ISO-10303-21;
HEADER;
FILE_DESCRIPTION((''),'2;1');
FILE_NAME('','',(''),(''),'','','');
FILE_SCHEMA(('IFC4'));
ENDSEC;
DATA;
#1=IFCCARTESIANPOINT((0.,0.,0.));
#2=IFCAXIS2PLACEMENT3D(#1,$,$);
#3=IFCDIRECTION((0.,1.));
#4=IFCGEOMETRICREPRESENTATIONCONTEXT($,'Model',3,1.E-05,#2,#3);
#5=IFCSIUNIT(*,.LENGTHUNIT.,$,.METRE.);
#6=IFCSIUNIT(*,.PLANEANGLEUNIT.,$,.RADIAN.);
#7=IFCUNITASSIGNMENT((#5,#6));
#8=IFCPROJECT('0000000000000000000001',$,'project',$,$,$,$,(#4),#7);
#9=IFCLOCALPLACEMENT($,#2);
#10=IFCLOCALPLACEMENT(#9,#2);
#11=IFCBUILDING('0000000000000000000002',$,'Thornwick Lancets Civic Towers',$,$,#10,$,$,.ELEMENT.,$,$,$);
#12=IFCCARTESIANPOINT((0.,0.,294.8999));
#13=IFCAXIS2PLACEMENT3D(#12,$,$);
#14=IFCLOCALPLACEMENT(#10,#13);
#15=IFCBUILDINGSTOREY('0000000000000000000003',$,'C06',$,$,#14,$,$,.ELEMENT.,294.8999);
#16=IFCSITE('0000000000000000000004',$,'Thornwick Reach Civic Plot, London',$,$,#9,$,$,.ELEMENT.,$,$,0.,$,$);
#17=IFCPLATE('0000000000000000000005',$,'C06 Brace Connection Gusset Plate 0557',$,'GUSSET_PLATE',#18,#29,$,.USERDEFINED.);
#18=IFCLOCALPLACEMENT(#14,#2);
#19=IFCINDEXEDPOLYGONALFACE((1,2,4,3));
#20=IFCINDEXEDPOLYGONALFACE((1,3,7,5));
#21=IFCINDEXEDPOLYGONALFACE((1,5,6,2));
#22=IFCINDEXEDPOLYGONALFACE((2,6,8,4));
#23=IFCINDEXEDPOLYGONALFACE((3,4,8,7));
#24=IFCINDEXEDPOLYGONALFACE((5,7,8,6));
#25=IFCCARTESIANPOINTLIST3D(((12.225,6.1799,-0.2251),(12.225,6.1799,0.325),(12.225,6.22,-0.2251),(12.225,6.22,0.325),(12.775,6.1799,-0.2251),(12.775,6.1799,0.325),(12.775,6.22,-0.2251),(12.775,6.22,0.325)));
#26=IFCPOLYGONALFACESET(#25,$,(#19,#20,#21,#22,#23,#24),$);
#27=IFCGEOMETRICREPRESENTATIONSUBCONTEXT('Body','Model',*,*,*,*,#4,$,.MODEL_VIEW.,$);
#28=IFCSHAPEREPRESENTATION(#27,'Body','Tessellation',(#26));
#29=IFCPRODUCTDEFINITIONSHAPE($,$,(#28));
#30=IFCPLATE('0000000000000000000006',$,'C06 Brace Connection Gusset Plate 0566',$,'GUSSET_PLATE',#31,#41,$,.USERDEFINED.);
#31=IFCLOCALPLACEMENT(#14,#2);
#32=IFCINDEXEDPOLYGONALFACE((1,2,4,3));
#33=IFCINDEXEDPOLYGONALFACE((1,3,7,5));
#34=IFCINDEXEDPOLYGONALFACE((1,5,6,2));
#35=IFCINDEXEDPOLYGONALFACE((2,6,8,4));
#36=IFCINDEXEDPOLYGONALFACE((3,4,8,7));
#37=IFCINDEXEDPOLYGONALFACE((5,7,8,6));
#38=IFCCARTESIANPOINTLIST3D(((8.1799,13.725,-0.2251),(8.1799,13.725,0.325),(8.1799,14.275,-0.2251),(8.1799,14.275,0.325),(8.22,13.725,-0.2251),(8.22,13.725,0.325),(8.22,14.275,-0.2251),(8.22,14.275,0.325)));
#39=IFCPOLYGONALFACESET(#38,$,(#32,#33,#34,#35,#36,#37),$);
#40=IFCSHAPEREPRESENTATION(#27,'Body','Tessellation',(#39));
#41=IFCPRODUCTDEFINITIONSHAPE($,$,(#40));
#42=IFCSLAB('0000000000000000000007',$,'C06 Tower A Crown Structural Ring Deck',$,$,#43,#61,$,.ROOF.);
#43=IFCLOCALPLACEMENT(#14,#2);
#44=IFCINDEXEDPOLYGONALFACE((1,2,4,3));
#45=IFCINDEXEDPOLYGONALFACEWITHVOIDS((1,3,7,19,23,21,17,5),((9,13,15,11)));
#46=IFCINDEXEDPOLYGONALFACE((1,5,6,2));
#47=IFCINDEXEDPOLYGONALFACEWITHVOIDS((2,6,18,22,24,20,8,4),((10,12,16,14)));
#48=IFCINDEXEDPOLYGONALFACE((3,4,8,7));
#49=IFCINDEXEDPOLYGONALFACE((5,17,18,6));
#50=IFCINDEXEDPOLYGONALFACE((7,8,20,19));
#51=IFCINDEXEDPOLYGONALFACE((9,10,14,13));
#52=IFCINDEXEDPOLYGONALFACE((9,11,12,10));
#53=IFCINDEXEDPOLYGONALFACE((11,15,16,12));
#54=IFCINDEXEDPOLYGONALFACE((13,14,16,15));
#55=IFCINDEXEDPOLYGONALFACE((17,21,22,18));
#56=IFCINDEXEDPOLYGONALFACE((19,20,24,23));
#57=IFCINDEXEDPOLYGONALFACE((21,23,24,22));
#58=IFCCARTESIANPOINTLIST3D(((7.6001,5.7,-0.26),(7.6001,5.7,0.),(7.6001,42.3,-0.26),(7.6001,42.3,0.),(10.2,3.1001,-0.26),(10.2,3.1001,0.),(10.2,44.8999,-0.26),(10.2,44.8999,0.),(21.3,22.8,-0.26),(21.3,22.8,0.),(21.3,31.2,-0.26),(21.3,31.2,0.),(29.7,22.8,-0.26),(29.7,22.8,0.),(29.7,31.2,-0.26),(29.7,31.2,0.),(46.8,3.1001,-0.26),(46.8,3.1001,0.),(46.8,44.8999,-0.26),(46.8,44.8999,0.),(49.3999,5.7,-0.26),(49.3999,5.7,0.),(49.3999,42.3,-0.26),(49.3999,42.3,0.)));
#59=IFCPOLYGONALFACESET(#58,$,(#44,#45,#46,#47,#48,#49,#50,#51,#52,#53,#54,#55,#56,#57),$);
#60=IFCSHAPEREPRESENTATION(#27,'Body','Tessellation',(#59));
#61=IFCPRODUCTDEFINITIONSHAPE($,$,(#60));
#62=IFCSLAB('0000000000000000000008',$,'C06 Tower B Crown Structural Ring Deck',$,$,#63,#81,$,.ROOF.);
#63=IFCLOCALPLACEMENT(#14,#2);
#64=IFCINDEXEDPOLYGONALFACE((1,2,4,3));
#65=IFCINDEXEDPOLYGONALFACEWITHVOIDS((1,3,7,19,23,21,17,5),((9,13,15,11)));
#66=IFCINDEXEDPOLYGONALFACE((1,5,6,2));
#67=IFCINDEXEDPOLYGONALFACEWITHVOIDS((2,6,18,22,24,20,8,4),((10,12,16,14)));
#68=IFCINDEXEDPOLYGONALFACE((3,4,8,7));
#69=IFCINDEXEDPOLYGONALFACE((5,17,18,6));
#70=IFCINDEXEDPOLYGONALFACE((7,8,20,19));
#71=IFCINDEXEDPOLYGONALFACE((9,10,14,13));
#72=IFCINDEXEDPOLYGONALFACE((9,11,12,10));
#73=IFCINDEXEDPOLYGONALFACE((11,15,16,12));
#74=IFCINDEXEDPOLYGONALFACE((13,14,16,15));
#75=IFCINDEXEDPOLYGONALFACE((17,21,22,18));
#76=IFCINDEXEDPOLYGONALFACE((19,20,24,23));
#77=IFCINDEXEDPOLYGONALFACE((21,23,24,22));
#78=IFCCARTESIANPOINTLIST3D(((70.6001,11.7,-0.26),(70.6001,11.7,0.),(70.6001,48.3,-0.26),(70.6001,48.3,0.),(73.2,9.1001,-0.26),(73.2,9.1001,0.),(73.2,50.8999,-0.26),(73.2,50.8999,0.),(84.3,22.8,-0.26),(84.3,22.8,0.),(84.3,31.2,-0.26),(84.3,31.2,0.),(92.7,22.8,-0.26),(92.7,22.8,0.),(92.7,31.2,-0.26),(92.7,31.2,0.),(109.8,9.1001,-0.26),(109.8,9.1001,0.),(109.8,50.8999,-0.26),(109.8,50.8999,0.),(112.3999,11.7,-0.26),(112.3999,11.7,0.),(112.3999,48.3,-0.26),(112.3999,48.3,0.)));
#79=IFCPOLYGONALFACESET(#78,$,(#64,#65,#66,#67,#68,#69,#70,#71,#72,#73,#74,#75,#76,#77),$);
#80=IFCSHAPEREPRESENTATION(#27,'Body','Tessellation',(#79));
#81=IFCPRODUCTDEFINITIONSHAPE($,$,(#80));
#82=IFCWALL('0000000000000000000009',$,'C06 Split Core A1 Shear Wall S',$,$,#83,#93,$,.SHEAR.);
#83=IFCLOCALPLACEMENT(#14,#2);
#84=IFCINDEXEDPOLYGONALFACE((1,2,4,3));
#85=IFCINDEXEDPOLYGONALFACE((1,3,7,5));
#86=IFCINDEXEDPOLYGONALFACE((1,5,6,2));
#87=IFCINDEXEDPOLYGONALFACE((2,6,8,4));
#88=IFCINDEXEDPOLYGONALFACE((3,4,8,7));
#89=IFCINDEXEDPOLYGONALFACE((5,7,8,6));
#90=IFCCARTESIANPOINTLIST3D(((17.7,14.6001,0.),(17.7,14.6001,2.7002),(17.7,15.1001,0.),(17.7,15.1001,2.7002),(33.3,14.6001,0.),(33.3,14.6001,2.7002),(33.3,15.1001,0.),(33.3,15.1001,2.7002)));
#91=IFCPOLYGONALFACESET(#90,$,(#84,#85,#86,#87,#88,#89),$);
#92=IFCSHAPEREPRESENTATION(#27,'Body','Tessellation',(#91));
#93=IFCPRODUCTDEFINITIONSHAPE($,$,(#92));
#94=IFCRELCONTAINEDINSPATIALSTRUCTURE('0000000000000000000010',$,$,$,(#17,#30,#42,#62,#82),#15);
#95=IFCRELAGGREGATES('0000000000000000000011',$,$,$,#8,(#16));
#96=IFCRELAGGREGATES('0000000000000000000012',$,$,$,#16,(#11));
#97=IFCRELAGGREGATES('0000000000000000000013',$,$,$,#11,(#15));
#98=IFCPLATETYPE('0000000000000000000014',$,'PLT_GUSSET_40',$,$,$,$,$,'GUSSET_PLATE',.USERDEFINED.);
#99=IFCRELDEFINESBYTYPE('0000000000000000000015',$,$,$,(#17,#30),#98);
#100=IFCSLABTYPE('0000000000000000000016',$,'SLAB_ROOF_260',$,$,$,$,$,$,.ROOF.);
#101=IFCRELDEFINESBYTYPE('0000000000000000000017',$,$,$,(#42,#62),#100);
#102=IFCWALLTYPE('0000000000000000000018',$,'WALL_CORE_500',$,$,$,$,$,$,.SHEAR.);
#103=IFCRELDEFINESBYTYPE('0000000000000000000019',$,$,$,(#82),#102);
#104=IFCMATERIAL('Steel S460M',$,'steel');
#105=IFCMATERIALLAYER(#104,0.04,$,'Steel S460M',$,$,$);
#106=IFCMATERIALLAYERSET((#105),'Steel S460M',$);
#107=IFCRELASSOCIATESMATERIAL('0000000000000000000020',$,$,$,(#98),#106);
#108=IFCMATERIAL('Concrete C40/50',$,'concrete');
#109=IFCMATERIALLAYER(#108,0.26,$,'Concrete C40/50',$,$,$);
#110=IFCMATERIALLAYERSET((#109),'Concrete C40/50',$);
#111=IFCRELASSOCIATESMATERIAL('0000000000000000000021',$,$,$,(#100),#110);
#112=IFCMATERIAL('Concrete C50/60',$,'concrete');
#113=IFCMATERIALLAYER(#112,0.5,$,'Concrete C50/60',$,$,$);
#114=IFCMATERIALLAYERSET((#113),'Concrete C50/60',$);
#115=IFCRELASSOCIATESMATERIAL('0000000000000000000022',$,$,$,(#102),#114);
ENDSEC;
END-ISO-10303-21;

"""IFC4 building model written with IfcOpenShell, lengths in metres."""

from ifc_helpers import new_model, si_unit, direction, frame, frame_2d, origin, origin_2d, place, context, subcontext, project, spatial, polyline, rectangle, outline, extrude, material, layer, layer_set, type_object, element, save


model = new_model("IFC4")

# Units and contexts
model_context = context("Model", 3, precision=1e-05, world=origin(), true_north=direction((0.0, 1.0)))
body_context = subcontext(model_context, "Body", "Model", "MODEL_VIEW")
ifc_project = project(units=[si_unit("LENGTHUNIT", "METRE"), si_unit("PLANEANGLEUNIT", "RADIAN")], contexts=[model_context])

# Site, building, storey
site_placement = place(None, origin())
site = spatial("IfcSite", under=ifc_project, at=site_placement, Name="Thornwick Reach Civic Plot, London", CompositionType="ELEMENT", RefElevation=0.0)
building_placement = place(site_placement, origin())
building = spatial("IfcBuilding", under=site, at=building_placement, Name="Thornwick Lancets Civic Towers", CompositionType="ELEMENT")
storey_placement = place(building_placement, frame((0.0, 0.0, 294.8999)))
storey = spatial("IfcBuildingStorey", under=building, at=storey_placement, Name="C06", CompositionType="ELEMENT", Elevation=294.8999)

# Plates
ifc_material_1 = material(Name="Steel S460M", Category="steel")
ifc_layer_1 = layer(ifc_material_1, 0.04, Name="Steel S460M")
ifc_layer_set_1 = layer_set([ifc_layer_1], Name="Steel S460M")
plate_type_1 = type_object("IfcPlateType", Name="PLT_GUSSET_40", ElementType="GUSSET_PLATE", PredefinedType="USERDEFINED", material=ifc_layer_set_1)
for number, where, z_axis, x_axis, name in (
    (1, (12.5, 6.2, -0.2251), (0.0, 0.0, 1.0), (1.0, 0.0, 0.0), "C06 Brace Connection Gusset Plate 0557"),
    (2, (8.2, 14.0, -0.2251), (0.0, 0.0, 1.0), (0.0, 1.0, 0.0), "C06 Brace Connection Gusset Plate 0566"),
):
    element("IfcPlate", number, at=place(storey_placement, frame(where, z_axis=z_axis, x_axis=x_axis)), inside=storey, type_object=plate_type_1, Name=name, ObjectType="GUSSET_PLATE", PredefinedType="USERDEFINED", context=body_context, shape_type="SweptSolid", body=[
        extrude(rectangle(XDim=0.55, YDim=0.04, at=origin_2d()), origin(), (0.0, 0.0, 1.0), 0.55),
    ])

# Slabs
ifc_material_2 = material(Name="Concrete C40/50", Category="concrete")
ifc_layer_2 = layer(ifc_material_2, 0.26, Name="Concrete C40/50")
ifc_layer_set_2 = layer_set([ifc_layer_2], Name="Concrete C40/50")
slab_type = type_object("IfcSlabType", Name="SLAB_ROOF_260", PredefinedType="ROOF", material=ifc_layer_set_2)
slab_1_placement = place(storey_placement, frame((0.0, 0.0, -0.26)))
element("IfcSlab", 3, at=slab_1_placement, inside=storey, type_object=slab_type, Name="C06 Tower A Crown Structural Ring Deck", PredefinedType="ROOF", context=body_context, shape_type="SweptSolid", body=[
    extrude(outline(polyline([(10.2, 3.1001), (46.8, 3.1001), (49.3999, 5.7), (49.3999, 42.3), (46.8, 44.8999), (10.2, 44.8999), (7.6001, 42.3), (7.6001, 5.7), (10.2, 3.1001)]), holes=[polyline([(21.3, 22.8), (29.7, 22.8), (29.7, 31.2), (21.3, 31.2), (21.3, 22.8)])]), origin(), (0.0, 0.0, 1.0), 0.26),
])
slab_2_placement = place(storey_placement, frame((0.0, 0.0, -0.26)))
element("IfcSlab", 4, at=slab_2_placement, inside=storey, type_object=slab_type, Name="C06 Tower B Crown Structural Ring Deck", PredefinedType="ROOF", context=body_context, shape_type="SweptSolid", body=[
    extrude(outline(polyline([(73.2, 9.1001), (109.8, 9.1001), (112.3999, 11.7), (112.3999, 48.3), (109.8, 50.8999), (73.2, 50.8999), (70.6001, 48.3), (70.6001, 11.7), (73.2, 9.1001)]), holes=[polyline([(84.3, 22.8), (92.7, 22.8), (92.7, 31.2), (84.3, 31.2), (84.3, 22.8)])]), origin(), (0.0, 0.0, 1.0), 0.26),
])

# Wall
ifc_material_3 = material(Name="Concrete C50/60", Category="concrete")
ifc_layer_3 = layer(ifc_material_3, 0.5, Name="Concrete C50/60")
ifc_layer_set_3 = layer_set([ifc_layer_3], Name="Concrete C50/60")
wall_type = type_object("IfcWallType", Name="WALL_CORE_500", PredefinedType="SHEAR", material=ifc_layer_set_3)
wall_placement = place(storey_placement, frame((17.7, 14.8501, 0.0), z_axis=(0.0, 0.0, 1.0), x_axis=(1.0, 0.0, 0.0)))
element("IfcWall", 5, at=wall_placement, inside=storey, type_object=wall_type, Name="C06 Split Core A1 Shear Wall S", PredefinedType="SHEAR", context=body_context, shape_type="SweptSolid", body=[
    extrude(rectangle(XDim=15.6001, YDim=0.5, at=frame_2d((7.8, 0.0))), origin(), (0.0, 0.0, 1.0), 2.7002),
])

save(model, "model.ifc")
